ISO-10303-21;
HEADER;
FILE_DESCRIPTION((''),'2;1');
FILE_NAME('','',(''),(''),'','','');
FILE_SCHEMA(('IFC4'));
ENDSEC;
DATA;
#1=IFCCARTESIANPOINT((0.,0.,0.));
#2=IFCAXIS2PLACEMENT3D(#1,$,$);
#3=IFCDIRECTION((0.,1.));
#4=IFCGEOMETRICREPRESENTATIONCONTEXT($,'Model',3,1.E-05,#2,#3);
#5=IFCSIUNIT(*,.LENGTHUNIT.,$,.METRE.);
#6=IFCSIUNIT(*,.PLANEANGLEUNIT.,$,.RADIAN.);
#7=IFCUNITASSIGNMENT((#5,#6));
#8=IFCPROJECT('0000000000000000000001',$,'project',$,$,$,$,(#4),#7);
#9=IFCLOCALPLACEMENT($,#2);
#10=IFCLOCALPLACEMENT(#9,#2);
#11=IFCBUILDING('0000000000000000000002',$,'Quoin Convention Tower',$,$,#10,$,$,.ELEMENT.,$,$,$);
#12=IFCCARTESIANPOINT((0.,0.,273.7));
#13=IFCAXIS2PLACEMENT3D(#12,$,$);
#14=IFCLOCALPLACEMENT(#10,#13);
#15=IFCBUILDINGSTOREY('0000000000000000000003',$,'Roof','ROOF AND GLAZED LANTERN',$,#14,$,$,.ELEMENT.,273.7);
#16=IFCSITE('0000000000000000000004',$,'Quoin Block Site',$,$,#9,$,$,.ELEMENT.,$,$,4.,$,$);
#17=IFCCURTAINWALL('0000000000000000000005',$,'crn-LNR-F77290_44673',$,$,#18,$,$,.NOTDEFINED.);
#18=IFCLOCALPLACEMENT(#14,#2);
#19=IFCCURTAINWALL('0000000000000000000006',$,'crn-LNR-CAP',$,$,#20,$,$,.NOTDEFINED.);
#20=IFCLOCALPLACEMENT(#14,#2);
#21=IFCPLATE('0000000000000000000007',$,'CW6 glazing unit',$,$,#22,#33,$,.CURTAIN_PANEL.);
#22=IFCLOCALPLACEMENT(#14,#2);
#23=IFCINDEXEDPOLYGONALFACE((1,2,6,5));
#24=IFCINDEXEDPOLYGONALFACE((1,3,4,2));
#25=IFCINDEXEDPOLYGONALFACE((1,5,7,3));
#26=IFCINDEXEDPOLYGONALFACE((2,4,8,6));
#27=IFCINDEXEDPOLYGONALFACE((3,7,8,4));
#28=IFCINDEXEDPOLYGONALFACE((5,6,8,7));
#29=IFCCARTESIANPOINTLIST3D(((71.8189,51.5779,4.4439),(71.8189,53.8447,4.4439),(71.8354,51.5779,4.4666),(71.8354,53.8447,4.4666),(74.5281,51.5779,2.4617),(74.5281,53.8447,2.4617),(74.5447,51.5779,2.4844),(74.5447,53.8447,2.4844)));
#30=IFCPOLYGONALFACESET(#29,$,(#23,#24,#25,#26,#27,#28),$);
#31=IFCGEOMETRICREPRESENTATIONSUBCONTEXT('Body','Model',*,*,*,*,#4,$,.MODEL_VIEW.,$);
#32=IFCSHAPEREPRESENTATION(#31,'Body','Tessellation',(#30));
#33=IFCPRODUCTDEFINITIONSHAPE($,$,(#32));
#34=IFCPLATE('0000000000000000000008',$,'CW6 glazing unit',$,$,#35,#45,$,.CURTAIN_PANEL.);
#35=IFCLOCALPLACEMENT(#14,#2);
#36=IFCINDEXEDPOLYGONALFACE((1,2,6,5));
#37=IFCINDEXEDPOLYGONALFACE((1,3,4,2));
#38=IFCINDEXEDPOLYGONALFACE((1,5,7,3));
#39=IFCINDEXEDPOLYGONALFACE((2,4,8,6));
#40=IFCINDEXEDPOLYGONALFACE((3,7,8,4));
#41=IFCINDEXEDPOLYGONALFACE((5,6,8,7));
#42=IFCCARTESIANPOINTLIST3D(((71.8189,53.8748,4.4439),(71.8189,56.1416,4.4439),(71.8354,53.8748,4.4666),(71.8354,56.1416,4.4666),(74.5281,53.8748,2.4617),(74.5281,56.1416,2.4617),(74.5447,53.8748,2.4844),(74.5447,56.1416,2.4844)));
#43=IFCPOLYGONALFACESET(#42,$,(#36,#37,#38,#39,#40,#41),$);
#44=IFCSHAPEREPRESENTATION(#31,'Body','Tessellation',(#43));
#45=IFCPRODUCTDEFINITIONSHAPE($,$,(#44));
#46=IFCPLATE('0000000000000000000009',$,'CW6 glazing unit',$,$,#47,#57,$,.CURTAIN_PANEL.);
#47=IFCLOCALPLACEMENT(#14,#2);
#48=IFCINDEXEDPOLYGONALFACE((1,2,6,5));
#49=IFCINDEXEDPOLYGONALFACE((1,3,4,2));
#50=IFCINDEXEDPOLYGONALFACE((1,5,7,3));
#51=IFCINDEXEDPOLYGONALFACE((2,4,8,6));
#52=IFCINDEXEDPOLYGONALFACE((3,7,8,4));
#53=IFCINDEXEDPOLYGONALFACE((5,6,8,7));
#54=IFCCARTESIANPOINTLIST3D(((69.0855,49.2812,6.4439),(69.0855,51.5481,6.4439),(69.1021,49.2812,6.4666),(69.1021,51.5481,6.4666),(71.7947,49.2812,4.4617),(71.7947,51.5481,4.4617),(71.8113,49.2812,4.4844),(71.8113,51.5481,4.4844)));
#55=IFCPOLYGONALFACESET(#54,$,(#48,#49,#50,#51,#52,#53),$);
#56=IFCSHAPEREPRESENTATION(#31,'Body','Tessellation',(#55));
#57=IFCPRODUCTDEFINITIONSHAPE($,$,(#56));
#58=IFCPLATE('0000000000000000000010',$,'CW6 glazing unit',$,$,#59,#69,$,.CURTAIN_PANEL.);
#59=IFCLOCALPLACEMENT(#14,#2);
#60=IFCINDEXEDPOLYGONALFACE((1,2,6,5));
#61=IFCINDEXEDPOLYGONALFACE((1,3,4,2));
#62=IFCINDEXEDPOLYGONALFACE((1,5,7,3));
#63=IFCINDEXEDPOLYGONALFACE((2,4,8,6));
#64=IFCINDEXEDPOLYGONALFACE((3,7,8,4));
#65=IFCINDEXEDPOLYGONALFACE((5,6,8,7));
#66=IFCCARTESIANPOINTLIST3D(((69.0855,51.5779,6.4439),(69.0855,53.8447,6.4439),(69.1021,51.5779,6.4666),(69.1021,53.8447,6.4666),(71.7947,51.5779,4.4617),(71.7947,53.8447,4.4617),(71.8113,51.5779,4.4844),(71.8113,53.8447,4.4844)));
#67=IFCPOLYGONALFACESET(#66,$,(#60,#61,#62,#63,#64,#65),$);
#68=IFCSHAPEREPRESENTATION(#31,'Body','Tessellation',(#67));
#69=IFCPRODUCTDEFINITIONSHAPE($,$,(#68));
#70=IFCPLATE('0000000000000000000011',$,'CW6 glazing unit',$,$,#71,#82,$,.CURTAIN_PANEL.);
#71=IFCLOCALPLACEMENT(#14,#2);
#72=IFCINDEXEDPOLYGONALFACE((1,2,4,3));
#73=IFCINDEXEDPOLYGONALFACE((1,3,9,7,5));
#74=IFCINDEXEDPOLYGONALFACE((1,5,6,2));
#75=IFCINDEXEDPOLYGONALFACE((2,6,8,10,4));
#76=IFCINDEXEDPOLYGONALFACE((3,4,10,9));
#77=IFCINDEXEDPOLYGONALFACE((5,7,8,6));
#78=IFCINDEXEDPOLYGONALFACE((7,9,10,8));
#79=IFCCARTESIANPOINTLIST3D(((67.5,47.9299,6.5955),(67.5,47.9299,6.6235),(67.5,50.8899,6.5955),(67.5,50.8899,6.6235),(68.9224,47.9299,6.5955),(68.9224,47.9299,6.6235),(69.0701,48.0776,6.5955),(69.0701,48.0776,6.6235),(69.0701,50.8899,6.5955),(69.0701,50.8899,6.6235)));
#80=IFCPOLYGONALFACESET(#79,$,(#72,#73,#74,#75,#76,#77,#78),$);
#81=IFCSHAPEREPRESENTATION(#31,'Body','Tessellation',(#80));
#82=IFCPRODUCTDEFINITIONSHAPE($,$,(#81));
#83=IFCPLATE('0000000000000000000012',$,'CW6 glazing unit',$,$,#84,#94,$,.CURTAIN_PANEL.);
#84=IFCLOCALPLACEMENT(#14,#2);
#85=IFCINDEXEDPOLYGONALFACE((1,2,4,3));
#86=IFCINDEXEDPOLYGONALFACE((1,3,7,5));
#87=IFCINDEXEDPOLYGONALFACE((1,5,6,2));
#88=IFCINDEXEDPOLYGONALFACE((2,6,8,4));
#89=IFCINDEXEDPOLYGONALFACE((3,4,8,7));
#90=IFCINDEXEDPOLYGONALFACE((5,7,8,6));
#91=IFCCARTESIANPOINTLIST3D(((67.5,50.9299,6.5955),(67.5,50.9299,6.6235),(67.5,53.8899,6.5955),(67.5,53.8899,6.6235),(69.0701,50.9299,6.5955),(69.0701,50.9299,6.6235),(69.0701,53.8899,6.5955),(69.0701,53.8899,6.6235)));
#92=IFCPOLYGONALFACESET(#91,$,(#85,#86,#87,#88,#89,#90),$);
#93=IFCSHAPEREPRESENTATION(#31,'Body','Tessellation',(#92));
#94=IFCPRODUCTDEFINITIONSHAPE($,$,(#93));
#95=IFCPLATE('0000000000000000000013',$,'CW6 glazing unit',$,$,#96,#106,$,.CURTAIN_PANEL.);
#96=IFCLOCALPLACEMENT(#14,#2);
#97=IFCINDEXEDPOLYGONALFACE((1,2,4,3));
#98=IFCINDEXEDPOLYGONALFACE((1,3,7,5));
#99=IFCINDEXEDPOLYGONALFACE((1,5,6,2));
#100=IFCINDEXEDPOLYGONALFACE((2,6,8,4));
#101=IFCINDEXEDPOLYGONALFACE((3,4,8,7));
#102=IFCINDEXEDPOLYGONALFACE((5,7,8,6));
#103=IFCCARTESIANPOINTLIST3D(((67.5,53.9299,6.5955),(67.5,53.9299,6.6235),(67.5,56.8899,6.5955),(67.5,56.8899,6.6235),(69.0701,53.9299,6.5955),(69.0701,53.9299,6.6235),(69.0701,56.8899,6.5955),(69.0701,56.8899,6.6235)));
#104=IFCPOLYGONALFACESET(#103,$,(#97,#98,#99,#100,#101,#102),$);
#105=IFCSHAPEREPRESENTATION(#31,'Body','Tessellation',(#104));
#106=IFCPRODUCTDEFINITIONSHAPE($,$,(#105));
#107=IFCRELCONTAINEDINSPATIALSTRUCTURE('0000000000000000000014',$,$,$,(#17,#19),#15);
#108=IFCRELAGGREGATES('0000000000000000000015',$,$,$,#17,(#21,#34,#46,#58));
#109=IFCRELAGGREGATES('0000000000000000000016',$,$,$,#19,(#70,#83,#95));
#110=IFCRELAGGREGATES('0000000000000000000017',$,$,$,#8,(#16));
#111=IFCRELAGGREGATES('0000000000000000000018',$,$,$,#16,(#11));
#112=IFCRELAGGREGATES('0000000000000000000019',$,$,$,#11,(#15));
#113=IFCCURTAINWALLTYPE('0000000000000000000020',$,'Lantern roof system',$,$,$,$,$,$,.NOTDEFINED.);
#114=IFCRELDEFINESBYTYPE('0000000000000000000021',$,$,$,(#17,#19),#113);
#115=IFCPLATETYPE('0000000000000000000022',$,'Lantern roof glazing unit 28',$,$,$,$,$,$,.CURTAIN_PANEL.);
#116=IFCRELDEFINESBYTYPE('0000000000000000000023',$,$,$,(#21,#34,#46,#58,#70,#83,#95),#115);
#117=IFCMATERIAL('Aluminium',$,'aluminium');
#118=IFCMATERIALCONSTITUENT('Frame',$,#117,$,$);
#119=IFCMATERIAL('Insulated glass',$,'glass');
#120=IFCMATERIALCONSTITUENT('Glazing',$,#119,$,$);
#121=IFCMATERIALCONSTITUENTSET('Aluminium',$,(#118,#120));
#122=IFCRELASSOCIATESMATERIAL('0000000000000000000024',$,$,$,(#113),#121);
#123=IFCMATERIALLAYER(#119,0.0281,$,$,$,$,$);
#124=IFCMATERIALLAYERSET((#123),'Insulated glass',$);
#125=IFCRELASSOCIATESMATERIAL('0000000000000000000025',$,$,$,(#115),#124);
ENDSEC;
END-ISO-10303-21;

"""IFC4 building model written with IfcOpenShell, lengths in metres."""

from ifc_helpers import new_model, si_unit, direction, frame, origin, place, context, subcontext, project, spatial, polyline, outline, extrude, material, layer, layer_set, constituent, constituent_set, type_object, element, aggregate, save


model = new_model("IFC4")

# Units and contexts
model_context = context("Model", 3, precision=1e-05, world=origin(), true_north=direction((0.0, 1.0)))
body_context = subcontext(model_context, "Body", "Model", "MODEL_VIEW")
ifc_project = project(units=[si_unit("LENGTHUNIT", "METRE"), si_unit("PLANEANGLEUNIT", "RADIAN")], contexts=[model_context])

# Site, building, storey
site_placement = place(None, origin())
site = spatial("IfcSite", under=ifc_project, at=site_placement, Name="Quoin Block Site", CompositionType="ELEMENT", RefElevation=4.0)
building_placement = place(site_placement, origin())
building = spatial("IfcBuilding", under=site, at=building_placement, Name="Quoin Convention Tower", CompositionType="ELEMENT")
storey_placement = place(building_placement, frame((0.0, 0.0, 273.7)))
storey = spatial("IfcBuildingStorey", under=building, at=storey_placement, Name="Roof", Description="ROOF AND GLAZED LANTERN", CompositionType="ELEMENT", Elevation=273.7)

# Curtain wall
ifc_material_1 = material(Name="Aluminium", Category="aluminium")
ifc_constituent_1 = constituent(ifc_material_1, Name="Frame")
ifc_material_2 = material(Name="Insulated glass", Category="glass")
ifc_constituent_2 = constituent(ifc_material_2, Name="Glazing")
ifc_constituent_set = constituent_set(constituents=[ifc_constituent_1, ifc_constituent_2], Name="Aluminium")
curtain_wall_type = type_object("IfcCurtainWallType", Name="Lantern roof system", PredefinedType="NOTDEFINED", material=ifc_constituent_set)
curtain_wall_1_placement = place(storey_placement, origin())
curtain_wall_1 = element("IfcCurtainWall", 1, at=curtain_wall_1_placement, inside=storey, type_object=curtain_wall_type, Name="crn-LNR-F77290_44673", PredefinedType="NOTDEFINED")

# Curtain wall
curtain_wall_2_placement = place(storey_placement, origin())
curtain_wall_2 = element("IfcCurtainWall", 2, at=curtain_wall_2_placement, inside=storey, type_object=curtain_wall_type, Name="crn-LNR-CAP", PredefinedType="NOTDEFINED")

# Plates
ifc_layer = layer(ifc_material_2, 0.0281)
ifc_layer_set = layer_set([ifc_layer], Name="Insulated glass")
plate_type = type_object("IfcPlateType", Name="Lantern roof glazing unit 28", PredefinedType="CURTAIN_PANEL", material=ifc_layer_set)
plate_1_placement = place(storey_placement, frame((74.5447, 51.5779, 2.4844), z_axis=(0.590474, 0.0, 0.807057), x_axis=(-0.807057, 0.0, 0.590474)))
plate_1 = element("IfcPlate", 3, at=plate_1_placement, type_object=plate_type, Name="CW6 glazing unit", PredefinedType="CURTAIN_PANEL", context=body_context, shape_type="SweptSolid", body=[
    extrude(outline(polyline([(0.0, 0.0), (3.3569, 0.0), (3.3569, -2.2668), (0.0, -2.2668), (0.0, 0.0)])), origin(), (0.0, 0.0, -1.0), 0.0281),
])
plate_2_placement = place(storey_placement, frame((74.5447, 53.8748, 2.4844), z_axis=(0.590474, 0.0, 0.807057), x_axis=(-0.807057, 0.0, 0.590474)))
plate_2 = element("IfcPlate", 4, at=plate_2_placement, type_object=plate_type, Name="CW6 glazing unit", PredefinedType="CURTAIN_PANEL", context=body_context, shape_type="SweptSolid", body=[
    extrude(outline(polyline([(0.0, 0.0), (3.3569, 0.0), (3.3569, -2.2668), (0.0, -2.2668), (0.0, 0.0)])), origin(), (0.0, 0.0, -1.0), 0.0281),
])
plate_3_placement = place(storey_placement, frame((71.8113, 51.5481, 4.4844), z_axis=(0.590474, 0.0, 0.807057), x_axis=(0.0, -1.0, 0.0)))
plate_3 = element("IfcPlate", 5, at=plate_3_placement, type_object=plate_type, Name="CW6 glazing unit", PredefinedType="CURTAIN_PANEL", context=body_context, shape_type="SweptSolid", body=[
    extrude(outline(polyline([(0.0, 0.0), (2.2668, 0.0), (2.2668, -3.3569), (0.0, -3.3569), (0.0, 0.0)])), origin(), (0.0, 0.0, -1.0), 0.0281),
])
plate_4_placement = place(storey_placement, frame((71.8113, 53.8447, 4.4844), z_axis=(0.590474, 0.0, 0.807057), x_axis=(0.0, -1.0, 0.0)))
plate_4 = element("IfcPlate", 6, at=plate_4_placement, type_object=plate_type, Name="CW6 glazing unit", PredefinedType="CURTAIN_PANEL", context=body_context, shape_type="SweptSolid", body=[
    extrude(outline(polyline([(0.0, 0.0), (2.2668, 0.0), (2.2668, -3.3569), (0.0, -3.3569), (0.0, 0.0)])), origin(), (0.0, 0.0, -1.0), 0.0281),
])
aggregate(curtain_wall_1, [plate_1, plate_2, plate_3, plate_4])
plate_5_placement = place(storey_placement, frame((67.5, 50.8899, 6.6235), z_axis=(0.0, 0.0, 1.0), x_axis=(1.0, 0.0, 0.0)))
plate_5 = element("IfcPlate", 7, at=plate_5_placement, type_object=plate_type, Name="CW6 glazing unit", PredefinedType="CURTAIN_PANEL", context=body_context, shape_type="SweptSolid", body=[
    extrude(outline(polyline([(0.0, 0.0), (1.5701, 0.0), (1.5701, -2.8123), (1.4224, -2.96), (0.0, -2.96), (0.0, 0.0)])), origin(), (0.0, 0.0, -1.0), 0.0281),
])
plate_6_placement = place(storey_placement, frame((67.5, 50.9299, 6.6235), z_axis=(0.0, 0.0, 1.0), x_axis=(0.0, 1.0, 0.0)))
plate_6 = element("IfcPlate", 8, at=plate_6_placement, type_object=plate_type, Name="CW6 glazing unit", PredefinedType="CURTAIN_PANEL", context=body_context, shape_type="SweptSolid", body=[
    extrude(outline(polyline([(0.0, 0.0), (2.96, 0.0), (2.96, -1.5701), (0.0, -1.5701), (0.0, 0.0)])), origin(), (0.0, 0.0, -1.0), 0.0281),
])
plate_7_placement = place(storey_placement, frame((67.5, 53.9299, 6.6235), z_axis=(0.0, 0.0, 1.0), x_axis=(0.0, 1.0, 0.0)))
plate_7 = element("IfcPlate", 9, at=plate_7_placement, type_object=plate_type, Name="CW6 glazing unit", PredefinedType="CURTAIN_PANEL", context=body_context, shape_type="SweptSolid", body=[
    extrude(outline(polyline([(0.0, 0.0), (2.96, 0.0), (2.96, -1.5701), (0.0, -1.5701), (0.0, 0.0)])), origin(), (0.0, 0.0, -1.0), 0.0281),
])
aggregate(curtain_wall_2, [plate_5, plate_6, plate_7])

save(model, "model.ifc")
